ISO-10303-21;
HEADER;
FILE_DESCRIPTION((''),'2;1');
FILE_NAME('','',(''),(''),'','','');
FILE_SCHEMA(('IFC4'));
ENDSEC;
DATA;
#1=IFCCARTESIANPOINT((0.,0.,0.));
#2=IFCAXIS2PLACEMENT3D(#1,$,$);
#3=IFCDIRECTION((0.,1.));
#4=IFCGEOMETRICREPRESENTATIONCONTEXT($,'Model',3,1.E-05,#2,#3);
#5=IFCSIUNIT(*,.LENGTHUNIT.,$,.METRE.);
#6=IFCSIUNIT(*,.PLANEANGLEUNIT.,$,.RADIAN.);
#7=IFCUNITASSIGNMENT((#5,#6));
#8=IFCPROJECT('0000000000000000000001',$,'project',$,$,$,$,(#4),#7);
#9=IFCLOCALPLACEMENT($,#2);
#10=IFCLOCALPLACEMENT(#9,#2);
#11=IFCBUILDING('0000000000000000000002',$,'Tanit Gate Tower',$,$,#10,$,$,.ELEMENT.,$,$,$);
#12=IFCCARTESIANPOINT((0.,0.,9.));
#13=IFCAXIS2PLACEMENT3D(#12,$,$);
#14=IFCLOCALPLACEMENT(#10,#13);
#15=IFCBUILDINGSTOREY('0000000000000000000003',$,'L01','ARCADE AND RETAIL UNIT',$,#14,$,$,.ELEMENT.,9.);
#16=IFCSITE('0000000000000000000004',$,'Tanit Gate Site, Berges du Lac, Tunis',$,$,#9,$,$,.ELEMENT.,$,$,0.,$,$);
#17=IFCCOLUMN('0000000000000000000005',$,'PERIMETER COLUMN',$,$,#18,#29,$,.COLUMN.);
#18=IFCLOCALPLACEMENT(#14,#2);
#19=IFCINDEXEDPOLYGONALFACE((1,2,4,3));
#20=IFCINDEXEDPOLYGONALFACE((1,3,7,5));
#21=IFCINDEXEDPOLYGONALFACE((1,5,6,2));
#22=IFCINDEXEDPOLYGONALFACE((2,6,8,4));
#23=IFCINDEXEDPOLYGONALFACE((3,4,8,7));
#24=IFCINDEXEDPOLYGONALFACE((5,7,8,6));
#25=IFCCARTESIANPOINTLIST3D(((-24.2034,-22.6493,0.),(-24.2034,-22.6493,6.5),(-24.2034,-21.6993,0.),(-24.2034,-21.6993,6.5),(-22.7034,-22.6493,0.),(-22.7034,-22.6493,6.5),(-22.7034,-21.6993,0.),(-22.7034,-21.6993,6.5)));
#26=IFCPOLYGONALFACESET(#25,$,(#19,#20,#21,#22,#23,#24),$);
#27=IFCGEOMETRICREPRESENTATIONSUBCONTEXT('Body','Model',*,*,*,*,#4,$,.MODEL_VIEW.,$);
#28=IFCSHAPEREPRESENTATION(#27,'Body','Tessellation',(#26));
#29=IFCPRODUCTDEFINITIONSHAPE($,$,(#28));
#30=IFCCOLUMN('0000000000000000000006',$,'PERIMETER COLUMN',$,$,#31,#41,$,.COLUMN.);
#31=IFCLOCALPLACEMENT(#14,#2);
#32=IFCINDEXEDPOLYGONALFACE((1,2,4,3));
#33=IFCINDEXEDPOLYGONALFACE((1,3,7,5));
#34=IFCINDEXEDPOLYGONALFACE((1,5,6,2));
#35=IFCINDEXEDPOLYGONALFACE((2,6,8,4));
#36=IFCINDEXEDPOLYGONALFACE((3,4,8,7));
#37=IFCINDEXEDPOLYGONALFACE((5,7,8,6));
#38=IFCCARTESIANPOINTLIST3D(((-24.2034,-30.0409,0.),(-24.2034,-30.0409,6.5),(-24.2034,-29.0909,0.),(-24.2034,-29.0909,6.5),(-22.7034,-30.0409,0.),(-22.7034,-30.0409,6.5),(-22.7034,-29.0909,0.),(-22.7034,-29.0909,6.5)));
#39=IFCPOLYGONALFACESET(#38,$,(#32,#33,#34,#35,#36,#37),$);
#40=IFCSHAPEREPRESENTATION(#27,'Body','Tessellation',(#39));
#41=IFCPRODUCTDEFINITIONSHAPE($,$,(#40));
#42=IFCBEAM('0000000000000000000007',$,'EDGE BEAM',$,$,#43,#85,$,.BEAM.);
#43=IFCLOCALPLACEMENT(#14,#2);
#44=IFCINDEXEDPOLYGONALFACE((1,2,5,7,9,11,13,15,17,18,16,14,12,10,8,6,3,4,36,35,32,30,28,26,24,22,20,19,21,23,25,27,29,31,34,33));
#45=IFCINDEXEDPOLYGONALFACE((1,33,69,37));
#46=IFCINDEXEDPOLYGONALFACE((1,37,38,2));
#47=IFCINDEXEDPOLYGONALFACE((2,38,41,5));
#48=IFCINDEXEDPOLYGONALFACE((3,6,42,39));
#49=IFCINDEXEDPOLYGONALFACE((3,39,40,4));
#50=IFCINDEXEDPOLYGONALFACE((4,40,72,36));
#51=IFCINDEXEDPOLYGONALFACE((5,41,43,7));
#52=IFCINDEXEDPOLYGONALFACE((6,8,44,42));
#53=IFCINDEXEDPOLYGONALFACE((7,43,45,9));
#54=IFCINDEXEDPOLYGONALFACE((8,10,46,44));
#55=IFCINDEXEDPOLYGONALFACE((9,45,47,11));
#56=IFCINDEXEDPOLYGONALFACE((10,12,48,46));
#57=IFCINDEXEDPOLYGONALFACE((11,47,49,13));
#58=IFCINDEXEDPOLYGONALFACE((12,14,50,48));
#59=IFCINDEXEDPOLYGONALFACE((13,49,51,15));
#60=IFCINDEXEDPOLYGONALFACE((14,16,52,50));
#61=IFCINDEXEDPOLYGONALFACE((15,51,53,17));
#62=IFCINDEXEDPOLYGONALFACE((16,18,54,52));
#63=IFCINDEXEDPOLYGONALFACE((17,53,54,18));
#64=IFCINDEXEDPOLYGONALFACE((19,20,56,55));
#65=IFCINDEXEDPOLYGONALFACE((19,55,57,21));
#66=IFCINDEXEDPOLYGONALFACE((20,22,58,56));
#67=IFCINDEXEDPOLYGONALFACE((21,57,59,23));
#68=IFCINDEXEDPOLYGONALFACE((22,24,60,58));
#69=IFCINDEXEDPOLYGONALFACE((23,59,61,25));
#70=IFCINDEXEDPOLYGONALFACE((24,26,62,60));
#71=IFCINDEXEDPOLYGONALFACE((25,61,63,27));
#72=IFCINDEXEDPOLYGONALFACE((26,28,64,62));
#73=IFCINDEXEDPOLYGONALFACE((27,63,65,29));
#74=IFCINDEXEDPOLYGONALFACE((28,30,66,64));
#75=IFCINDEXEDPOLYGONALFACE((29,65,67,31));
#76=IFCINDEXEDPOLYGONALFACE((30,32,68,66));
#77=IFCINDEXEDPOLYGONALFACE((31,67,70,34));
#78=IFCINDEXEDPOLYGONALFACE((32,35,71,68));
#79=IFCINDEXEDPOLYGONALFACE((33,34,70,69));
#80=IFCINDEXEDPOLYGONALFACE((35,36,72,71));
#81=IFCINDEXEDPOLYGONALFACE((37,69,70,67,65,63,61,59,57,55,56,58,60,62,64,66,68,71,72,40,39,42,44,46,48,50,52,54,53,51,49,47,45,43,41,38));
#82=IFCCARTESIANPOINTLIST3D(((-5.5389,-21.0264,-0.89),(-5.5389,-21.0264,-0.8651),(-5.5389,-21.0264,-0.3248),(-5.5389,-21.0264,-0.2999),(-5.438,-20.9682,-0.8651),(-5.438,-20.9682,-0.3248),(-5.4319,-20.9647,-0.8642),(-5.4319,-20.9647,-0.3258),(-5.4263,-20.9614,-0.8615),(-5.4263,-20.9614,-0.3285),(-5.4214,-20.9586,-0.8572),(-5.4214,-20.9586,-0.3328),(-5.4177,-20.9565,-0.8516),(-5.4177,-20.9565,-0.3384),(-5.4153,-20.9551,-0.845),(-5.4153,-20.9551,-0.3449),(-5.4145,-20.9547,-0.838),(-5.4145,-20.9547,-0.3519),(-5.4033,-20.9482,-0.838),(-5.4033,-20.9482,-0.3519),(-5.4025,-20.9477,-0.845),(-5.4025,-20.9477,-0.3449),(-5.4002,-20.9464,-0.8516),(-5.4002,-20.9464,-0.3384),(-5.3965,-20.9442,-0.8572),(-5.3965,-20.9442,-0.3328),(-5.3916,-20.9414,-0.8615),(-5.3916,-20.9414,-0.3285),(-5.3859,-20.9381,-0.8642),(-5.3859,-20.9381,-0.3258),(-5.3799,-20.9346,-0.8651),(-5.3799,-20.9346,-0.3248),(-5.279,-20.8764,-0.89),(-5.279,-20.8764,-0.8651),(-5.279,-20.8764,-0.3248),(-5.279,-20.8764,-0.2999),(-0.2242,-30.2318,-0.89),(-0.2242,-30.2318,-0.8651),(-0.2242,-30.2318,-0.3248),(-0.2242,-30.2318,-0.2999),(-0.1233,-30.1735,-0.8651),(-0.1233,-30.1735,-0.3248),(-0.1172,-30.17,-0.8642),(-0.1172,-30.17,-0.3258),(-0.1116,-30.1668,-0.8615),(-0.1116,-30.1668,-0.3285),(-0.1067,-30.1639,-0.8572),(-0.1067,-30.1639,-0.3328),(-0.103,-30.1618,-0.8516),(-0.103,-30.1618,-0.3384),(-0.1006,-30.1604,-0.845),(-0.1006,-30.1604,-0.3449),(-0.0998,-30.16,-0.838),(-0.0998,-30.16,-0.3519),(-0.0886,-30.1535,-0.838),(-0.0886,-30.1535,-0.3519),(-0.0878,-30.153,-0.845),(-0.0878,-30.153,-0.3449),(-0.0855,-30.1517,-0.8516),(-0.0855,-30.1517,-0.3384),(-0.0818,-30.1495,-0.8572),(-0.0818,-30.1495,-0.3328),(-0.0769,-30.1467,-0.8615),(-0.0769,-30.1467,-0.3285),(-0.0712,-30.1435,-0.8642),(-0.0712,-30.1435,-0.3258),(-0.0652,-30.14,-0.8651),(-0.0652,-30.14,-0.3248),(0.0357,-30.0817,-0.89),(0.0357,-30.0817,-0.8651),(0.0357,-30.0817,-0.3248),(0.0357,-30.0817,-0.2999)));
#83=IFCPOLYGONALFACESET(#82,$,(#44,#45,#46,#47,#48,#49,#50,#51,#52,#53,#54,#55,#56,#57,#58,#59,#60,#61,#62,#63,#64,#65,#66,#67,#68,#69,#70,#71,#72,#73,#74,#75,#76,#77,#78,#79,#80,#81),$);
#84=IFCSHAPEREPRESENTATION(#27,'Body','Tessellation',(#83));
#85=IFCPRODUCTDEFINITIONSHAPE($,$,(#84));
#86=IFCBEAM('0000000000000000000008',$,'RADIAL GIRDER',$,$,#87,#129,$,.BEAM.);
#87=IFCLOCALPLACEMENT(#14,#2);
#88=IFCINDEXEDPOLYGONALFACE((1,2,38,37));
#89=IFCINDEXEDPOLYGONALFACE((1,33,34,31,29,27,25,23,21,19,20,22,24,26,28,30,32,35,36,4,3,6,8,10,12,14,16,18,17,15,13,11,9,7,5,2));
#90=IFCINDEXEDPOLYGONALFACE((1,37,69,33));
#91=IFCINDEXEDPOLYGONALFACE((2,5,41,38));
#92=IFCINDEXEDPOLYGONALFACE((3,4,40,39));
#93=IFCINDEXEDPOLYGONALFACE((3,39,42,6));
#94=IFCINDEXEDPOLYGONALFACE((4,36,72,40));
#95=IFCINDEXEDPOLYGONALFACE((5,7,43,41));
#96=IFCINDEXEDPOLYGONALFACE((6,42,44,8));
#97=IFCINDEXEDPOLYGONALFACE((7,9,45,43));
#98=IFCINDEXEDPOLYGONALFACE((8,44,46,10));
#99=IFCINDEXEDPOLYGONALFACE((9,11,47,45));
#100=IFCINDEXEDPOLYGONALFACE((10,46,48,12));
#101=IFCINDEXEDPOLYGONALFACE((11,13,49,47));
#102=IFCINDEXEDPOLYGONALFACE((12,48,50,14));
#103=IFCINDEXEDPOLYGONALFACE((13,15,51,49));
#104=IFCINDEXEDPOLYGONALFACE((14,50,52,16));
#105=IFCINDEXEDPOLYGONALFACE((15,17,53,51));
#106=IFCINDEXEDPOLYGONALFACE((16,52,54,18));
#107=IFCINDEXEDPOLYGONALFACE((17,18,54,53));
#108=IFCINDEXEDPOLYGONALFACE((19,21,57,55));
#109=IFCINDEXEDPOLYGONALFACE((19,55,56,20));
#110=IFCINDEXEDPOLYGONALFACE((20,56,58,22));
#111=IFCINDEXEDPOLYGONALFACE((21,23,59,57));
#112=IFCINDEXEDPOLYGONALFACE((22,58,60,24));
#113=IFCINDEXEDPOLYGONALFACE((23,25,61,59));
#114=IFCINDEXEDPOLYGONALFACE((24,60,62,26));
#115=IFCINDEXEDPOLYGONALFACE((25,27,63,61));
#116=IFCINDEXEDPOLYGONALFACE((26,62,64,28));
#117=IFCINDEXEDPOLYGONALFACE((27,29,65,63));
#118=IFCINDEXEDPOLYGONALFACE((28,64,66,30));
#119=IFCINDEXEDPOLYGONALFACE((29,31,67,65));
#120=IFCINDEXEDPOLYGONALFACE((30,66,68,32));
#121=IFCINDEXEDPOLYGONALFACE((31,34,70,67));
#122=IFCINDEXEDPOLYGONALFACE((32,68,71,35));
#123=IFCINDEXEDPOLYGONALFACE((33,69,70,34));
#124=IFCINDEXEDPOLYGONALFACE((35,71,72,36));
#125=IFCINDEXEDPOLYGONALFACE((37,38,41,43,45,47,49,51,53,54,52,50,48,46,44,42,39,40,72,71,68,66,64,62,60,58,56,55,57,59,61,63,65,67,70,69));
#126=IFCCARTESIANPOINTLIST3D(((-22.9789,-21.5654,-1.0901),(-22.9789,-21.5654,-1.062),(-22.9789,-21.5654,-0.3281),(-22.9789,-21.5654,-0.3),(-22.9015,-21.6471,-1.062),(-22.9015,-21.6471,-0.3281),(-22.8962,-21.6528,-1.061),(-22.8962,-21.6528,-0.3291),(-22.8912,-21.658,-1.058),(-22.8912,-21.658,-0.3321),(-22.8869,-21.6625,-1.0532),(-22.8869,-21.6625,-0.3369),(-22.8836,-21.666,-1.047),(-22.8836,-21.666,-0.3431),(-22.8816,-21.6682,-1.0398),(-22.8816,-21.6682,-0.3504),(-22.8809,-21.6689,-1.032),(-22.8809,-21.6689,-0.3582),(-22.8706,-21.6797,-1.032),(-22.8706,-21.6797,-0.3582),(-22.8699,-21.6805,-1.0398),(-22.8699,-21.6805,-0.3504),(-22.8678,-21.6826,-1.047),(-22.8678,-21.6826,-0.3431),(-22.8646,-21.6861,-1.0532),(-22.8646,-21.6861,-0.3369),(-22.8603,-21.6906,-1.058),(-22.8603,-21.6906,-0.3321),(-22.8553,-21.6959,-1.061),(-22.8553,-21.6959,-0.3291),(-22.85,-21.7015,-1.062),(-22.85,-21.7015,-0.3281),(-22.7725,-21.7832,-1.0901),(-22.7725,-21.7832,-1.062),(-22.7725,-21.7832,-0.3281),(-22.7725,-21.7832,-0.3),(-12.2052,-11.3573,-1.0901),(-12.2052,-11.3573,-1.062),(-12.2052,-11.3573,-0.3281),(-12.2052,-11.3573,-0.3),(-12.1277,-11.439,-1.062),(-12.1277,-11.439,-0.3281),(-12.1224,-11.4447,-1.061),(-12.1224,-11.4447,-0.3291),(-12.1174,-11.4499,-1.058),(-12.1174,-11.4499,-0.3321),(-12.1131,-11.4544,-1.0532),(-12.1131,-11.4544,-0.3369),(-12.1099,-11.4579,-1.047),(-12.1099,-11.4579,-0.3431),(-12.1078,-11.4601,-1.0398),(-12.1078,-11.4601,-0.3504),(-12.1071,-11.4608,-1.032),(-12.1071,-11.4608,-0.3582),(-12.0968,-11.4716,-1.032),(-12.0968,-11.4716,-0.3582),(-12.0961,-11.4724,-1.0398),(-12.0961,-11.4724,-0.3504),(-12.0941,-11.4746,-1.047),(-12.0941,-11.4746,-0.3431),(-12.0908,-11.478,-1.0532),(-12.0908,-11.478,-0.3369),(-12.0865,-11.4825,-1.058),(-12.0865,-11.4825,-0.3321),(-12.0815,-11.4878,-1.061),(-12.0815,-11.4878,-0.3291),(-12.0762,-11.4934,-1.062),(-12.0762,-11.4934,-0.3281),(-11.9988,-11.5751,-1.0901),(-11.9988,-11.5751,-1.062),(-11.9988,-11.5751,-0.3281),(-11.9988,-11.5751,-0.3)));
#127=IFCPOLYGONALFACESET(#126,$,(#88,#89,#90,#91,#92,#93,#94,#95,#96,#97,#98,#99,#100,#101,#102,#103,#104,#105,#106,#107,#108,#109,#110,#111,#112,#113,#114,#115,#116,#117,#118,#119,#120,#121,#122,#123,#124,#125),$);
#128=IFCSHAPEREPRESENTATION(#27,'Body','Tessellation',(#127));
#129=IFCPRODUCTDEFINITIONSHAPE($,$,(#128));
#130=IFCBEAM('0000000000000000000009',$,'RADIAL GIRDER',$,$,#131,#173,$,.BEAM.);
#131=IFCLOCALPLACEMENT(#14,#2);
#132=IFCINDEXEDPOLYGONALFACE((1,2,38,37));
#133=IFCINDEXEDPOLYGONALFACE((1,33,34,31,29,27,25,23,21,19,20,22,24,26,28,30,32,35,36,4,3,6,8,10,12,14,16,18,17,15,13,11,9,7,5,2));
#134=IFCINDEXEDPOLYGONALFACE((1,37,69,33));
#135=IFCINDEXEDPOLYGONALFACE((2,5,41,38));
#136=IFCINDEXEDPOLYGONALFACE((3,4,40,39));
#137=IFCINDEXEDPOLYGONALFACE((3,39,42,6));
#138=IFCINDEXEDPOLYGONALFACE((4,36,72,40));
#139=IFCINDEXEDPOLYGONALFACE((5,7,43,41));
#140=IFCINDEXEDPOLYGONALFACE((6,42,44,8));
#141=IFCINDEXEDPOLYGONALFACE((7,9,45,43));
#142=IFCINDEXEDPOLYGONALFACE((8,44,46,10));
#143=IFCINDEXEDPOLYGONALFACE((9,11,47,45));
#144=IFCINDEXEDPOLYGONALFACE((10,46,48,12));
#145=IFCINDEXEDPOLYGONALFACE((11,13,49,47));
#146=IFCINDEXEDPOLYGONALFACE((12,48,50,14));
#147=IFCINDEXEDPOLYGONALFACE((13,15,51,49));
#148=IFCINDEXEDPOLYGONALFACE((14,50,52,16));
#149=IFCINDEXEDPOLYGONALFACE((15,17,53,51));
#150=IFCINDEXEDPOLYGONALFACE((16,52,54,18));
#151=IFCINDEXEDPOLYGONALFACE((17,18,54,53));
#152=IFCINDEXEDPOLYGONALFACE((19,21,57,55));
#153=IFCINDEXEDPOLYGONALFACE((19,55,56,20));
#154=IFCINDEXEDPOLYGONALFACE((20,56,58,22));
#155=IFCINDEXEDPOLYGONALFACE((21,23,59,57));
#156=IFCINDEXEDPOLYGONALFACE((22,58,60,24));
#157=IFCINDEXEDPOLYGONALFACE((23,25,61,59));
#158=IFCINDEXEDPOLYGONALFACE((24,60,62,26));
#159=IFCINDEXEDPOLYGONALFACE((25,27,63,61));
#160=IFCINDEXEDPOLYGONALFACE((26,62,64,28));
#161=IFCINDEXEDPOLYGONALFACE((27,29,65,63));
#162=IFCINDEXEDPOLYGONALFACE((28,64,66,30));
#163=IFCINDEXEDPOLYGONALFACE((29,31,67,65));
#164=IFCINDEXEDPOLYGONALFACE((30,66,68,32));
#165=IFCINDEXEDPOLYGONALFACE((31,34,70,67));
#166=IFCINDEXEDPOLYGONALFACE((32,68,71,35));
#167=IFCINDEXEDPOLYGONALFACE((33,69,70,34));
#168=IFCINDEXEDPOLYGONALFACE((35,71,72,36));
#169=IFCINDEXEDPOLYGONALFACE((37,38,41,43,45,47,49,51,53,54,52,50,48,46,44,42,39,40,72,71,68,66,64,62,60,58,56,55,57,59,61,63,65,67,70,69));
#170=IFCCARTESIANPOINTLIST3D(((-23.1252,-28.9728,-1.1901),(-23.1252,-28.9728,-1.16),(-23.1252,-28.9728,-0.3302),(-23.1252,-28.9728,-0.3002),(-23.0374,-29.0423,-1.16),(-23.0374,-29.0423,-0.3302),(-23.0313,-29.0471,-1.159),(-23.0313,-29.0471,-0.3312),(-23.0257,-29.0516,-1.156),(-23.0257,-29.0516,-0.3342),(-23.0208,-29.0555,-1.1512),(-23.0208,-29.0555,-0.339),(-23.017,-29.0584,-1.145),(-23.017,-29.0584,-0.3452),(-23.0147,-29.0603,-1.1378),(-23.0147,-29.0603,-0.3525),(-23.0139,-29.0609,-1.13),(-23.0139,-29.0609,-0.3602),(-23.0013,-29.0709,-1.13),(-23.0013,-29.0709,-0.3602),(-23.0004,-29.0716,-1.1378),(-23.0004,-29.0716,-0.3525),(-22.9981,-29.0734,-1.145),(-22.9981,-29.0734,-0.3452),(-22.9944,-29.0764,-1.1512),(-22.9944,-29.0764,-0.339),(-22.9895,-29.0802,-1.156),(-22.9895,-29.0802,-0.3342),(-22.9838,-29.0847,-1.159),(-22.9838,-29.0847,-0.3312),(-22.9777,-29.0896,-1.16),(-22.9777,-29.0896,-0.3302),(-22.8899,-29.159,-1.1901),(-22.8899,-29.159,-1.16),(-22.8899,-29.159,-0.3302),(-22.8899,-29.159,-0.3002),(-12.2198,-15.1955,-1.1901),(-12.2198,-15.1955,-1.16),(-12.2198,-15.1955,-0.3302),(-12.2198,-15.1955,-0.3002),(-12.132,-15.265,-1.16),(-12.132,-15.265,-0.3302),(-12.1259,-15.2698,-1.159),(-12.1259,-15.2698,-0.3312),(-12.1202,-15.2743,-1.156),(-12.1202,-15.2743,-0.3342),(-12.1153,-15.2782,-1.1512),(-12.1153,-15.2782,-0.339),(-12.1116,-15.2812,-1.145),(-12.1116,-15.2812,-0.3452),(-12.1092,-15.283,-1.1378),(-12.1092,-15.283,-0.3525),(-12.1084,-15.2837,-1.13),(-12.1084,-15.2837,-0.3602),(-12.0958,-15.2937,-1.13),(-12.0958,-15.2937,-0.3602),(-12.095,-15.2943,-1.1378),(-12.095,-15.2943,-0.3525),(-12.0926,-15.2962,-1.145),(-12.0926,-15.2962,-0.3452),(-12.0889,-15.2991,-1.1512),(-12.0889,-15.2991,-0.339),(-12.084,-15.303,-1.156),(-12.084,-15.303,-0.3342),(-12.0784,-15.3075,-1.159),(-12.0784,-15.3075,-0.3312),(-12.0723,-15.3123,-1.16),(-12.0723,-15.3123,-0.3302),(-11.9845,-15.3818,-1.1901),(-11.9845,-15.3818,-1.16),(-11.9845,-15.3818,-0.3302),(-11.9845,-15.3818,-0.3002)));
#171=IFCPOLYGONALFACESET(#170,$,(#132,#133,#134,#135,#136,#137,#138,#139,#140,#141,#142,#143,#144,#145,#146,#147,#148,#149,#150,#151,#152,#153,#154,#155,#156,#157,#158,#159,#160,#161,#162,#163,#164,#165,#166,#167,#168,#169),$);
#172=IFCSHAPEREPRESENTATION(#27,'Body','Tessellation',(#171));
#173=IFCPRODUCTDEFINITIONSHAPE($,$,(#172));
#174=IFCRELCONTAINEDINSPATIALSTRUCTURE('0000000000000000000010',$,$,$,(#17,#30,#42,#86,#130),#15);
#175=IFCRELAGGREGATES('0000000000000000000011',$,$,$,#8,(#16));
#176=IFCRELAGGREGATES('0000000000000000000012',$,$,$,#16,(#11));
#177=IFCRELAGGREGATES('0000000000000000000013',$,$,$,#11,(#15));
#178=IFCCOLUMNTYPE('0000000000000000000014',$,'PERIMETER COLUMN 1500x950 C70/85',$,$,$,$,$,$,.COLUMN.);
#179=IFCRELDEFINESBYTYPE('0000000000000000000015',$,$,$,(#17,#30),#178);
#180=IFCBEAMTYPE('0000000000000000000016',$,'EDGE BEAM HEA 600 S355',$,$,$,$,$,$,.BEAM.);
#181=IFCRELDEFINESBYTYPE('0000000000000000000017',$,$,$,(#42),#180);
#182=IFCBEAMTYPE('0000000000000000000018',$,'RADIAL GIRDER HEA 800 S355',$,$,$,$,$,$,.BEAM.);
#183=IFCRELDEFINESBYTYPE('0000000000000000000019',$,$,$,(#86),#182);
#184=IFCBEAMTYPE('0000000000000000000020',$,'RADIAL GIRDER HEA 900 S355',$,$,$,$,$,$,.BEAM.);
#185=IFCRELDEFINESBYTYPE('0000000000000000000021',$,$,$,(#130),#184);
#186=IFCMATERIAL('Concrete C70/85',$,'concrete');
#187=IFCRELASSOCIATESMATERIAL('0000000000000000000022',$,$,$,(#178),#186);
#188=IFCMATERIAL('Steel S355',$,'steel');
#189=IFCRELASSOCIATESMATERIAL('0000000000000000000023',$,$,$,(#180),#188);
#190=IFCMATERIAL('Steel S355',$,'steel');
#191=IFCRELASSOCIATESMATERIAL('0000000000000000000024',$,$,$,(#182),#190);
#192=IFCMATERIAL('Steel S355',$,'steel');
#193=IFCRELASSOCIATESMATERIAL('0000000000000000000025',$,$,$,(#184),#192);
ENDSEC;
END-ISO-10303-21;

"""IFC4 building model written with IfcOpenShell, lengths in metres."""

from ifc_helpers import new_model, si_unit, direction, frame, origin, origin_2d, place, context, subcontext, project, spatial, rectangle, i_section, extrude, material, material_profile, profile_set, type_object, element, save


model = new_model("IFC4")

# Units and contexts
model_context = context("Model", 3, precision=1e-05, world=origin(), true_north=direction((0.0, 1.0)))
body_context = subcontext(model_context, "Body", "Model", "MODEL_VIEW")
ifc_project = project(units=[si_unit("LENGTHUNIT", "METRE"), si_unit("PLANEANGLEUNIT", "RADIAN")], contexts=[model_context])

# Site, building, storey
site_placement = place(None, origin())
site = spatial("IfcSite", under=ifc_project, at=site_placement, Name="Tanit Gate Site, Berges du Lac, Tunis", CompositionType="ELEMENT", RefElevation=0.0)
building_placement = place(site_placement, origin())
building = spatial("IfcBuilding", under=site, at=building_placement, Name="Tanit Gate Tower", CompositionType="ELEMENT")
storey_placement = place(building_placement, frame((0.0, 0.0, 9.0)))
storey = spatial("IfcBuildingStorey", under=building, at=storey_placement, Name="L01", Description="ARCADE AND RETAIL UNIT", CompositionType="ELEMENT", Elevation=9.0)

# Columns
ifc_material_1 = material(Name="Concrete C70/85", Category="concrete")
ifc_material_profile_1 = material_profile(ifc_material_1, rectangle(XDim=1.5, YDim=0.95, at=origin_2d()), Name="RC 1500x950")
ifc_profile_set_1 = profile_set([ifc_material_profile_1], Name="Concrete C70/85")
column_type = type_object("IfcColumnType", Name="PERIMETER COLUMN 1500x950 C70/85", PredefinedType="COLUMN", material=ifc_profile_set_1)
for number, where, z_axis, x_axis, name in (
    (1, (-23.4534, -22.1743, 0.0), (0.0, 0.0, 1.0), (-1.0, 0.0, 0.0), "PERIMETER COLUMN"),
    (2, (-23.4534, -29.5659, 0.0), (0.0, 0.0, 1.0), (-1.0, 0.0, 0.0), "PERIMETER COLUMN"),
):
    element("IfcColumn", number, at=place(storey_placement, frame(where, z_axis=z_axis, x_axis=x_axis)), inside=storey, type_object=column_type, Name=name, PredefinedType="COLUMN", context=body_context, shape_type="SweptSolid", body=[
        extrude(rectangle(XDim=1.5, YDim=0.95, at=origin_2d()), origin(), (0.0, 0.0, 1.0), 6.5),
    ])

# Beams
ifc_material_2 = material(Name="Steel S355", Category="steel")
ifc_material_profile_2 = material_profile(ifc_material_2, i_section(OverallWidth=0.3, OverallDepth=0.5901, WebThickness=0.0129, FlangeThickness=0.0249, FilletRadius=0.0271, at=origin_2d()), Name="HEA 600")
ifc_profile_set_2 = profile_set([ifc_material_profile_2], Name="Steel S355")
beam_type_1 = type_object("IfcBeamType", Name="EDGE BEAM HEA 600 S355", PredefinedType="BEAM", material=ifc_profile_set_2)
beam_1_placement = place(storey_placement, frame((-5.4089, -20.9514, -0.595), z_axis=(0.5, -0.866025, 0.0), x_axis=(0.866025, 0.5, 0.0)))
element("IfcBeam", 3, at=beam_1_placement, inside=storey, type_object=beam_type_1, Name="EDGE BEAM", PredefinedType="BEAM", context=body_context, shape_type="SweptSolid", body=[
    extrude(i_section(OverallWidth=0.3, OverallDepth=0.5901, WebThickness=0.0129, FlangeThickness=0.0249, FilletRadius=0.0271, at=origin_2d()), origin(), (0.0, 0.0, 1.0), 10.6294),
])
ifc_material_3 = material(Name="Steel S355", Category="steel")
ifc_material_profile_3 = material_profile(ifc_material_3, i_section(OverallWidth=0.3, OverallDepth=0.79, WebThickness=0.0149, FlangeThickness=0.0281, FilletRadius=0.03, at=origin_2d()), Name="HEA 800")
ifc_profile_set_3 = profile_set([ifc_material_profile_3], Name="Steel S355")
beam_type_2 = type_object("IfcBeamType", Name="RADIAL GIRDER HEA 800 S355", PredefinedType="BEAM", material=ifc_profile_set_3)
beam_2_placement = place(storey_placement, frame((-22.8757, -21.6743, -0.6951), z_axis=(0.725907, 0.687793, 0.0), x_axis=(-0.687793, 0.725907, 0.0)))
element("IfcBeam", 4, at=beam_2_placement, inside=storey, type_object=beam_type_2, Name="RADIAL GIRDER", PredefinedType="BEAM", context=body_context, shape_type="SweptSolid", body=[
    extrude(i_section(OverallWidth=0.3, OverallDepth=0.79, WebThickness=0.0149, FlangeThickness=0.0281, FilletRadius=0.03, at=origin_2d()), origin(), (0.0, 0.0, 1.0), 14.8418),
])
ifc_material_4 = material(Name="Steel S355", Category="steel")
ifc_material_profile_4 = material_profile(ifc_material_4, i_section(OverallWidth=0.3, OverallDepth=0.8899, WebThickness=0.0161, FlangeThickness=0.03, FilletRadius=0.03, at=origin_2d()), Name="HEA 900")
ifc_profile_set_4 = profile_set([ifc_material_profile_4], Name="Steel S355")
beam_type_3 = type_object("IfcBeamType", Name="RADIAL GIRDER HEA 900 S355", PredefinedType="BEAM", material=ifc_profile_set_4)
beam_3_placement = place(storey_placement, frame((-23.0076, -29.0659, -0.7451), z_axis=(0.620649, 0.784089, 0.0), x_axis=(-0.784089, 0.620649, 0.0)))
element("IfcBeam", 5, at=beam_3_placement, inside=storey, type_object=beam_type_3, Name="RADIAL GIRDER", PredefinedType="BEAM", context=body_context, shape_type="SweptSolid", body=[
    extrude(i_section(OverallWidth=0.3, OverallDepth=0.8899, WebThickness=0.0161, FlangeThickness=0.03, FilletRadius=0.03, at=origin_2d()), origin(), (0.0, 0.0, 1.0), 17.571),
])

save(model, "model.ifc")
